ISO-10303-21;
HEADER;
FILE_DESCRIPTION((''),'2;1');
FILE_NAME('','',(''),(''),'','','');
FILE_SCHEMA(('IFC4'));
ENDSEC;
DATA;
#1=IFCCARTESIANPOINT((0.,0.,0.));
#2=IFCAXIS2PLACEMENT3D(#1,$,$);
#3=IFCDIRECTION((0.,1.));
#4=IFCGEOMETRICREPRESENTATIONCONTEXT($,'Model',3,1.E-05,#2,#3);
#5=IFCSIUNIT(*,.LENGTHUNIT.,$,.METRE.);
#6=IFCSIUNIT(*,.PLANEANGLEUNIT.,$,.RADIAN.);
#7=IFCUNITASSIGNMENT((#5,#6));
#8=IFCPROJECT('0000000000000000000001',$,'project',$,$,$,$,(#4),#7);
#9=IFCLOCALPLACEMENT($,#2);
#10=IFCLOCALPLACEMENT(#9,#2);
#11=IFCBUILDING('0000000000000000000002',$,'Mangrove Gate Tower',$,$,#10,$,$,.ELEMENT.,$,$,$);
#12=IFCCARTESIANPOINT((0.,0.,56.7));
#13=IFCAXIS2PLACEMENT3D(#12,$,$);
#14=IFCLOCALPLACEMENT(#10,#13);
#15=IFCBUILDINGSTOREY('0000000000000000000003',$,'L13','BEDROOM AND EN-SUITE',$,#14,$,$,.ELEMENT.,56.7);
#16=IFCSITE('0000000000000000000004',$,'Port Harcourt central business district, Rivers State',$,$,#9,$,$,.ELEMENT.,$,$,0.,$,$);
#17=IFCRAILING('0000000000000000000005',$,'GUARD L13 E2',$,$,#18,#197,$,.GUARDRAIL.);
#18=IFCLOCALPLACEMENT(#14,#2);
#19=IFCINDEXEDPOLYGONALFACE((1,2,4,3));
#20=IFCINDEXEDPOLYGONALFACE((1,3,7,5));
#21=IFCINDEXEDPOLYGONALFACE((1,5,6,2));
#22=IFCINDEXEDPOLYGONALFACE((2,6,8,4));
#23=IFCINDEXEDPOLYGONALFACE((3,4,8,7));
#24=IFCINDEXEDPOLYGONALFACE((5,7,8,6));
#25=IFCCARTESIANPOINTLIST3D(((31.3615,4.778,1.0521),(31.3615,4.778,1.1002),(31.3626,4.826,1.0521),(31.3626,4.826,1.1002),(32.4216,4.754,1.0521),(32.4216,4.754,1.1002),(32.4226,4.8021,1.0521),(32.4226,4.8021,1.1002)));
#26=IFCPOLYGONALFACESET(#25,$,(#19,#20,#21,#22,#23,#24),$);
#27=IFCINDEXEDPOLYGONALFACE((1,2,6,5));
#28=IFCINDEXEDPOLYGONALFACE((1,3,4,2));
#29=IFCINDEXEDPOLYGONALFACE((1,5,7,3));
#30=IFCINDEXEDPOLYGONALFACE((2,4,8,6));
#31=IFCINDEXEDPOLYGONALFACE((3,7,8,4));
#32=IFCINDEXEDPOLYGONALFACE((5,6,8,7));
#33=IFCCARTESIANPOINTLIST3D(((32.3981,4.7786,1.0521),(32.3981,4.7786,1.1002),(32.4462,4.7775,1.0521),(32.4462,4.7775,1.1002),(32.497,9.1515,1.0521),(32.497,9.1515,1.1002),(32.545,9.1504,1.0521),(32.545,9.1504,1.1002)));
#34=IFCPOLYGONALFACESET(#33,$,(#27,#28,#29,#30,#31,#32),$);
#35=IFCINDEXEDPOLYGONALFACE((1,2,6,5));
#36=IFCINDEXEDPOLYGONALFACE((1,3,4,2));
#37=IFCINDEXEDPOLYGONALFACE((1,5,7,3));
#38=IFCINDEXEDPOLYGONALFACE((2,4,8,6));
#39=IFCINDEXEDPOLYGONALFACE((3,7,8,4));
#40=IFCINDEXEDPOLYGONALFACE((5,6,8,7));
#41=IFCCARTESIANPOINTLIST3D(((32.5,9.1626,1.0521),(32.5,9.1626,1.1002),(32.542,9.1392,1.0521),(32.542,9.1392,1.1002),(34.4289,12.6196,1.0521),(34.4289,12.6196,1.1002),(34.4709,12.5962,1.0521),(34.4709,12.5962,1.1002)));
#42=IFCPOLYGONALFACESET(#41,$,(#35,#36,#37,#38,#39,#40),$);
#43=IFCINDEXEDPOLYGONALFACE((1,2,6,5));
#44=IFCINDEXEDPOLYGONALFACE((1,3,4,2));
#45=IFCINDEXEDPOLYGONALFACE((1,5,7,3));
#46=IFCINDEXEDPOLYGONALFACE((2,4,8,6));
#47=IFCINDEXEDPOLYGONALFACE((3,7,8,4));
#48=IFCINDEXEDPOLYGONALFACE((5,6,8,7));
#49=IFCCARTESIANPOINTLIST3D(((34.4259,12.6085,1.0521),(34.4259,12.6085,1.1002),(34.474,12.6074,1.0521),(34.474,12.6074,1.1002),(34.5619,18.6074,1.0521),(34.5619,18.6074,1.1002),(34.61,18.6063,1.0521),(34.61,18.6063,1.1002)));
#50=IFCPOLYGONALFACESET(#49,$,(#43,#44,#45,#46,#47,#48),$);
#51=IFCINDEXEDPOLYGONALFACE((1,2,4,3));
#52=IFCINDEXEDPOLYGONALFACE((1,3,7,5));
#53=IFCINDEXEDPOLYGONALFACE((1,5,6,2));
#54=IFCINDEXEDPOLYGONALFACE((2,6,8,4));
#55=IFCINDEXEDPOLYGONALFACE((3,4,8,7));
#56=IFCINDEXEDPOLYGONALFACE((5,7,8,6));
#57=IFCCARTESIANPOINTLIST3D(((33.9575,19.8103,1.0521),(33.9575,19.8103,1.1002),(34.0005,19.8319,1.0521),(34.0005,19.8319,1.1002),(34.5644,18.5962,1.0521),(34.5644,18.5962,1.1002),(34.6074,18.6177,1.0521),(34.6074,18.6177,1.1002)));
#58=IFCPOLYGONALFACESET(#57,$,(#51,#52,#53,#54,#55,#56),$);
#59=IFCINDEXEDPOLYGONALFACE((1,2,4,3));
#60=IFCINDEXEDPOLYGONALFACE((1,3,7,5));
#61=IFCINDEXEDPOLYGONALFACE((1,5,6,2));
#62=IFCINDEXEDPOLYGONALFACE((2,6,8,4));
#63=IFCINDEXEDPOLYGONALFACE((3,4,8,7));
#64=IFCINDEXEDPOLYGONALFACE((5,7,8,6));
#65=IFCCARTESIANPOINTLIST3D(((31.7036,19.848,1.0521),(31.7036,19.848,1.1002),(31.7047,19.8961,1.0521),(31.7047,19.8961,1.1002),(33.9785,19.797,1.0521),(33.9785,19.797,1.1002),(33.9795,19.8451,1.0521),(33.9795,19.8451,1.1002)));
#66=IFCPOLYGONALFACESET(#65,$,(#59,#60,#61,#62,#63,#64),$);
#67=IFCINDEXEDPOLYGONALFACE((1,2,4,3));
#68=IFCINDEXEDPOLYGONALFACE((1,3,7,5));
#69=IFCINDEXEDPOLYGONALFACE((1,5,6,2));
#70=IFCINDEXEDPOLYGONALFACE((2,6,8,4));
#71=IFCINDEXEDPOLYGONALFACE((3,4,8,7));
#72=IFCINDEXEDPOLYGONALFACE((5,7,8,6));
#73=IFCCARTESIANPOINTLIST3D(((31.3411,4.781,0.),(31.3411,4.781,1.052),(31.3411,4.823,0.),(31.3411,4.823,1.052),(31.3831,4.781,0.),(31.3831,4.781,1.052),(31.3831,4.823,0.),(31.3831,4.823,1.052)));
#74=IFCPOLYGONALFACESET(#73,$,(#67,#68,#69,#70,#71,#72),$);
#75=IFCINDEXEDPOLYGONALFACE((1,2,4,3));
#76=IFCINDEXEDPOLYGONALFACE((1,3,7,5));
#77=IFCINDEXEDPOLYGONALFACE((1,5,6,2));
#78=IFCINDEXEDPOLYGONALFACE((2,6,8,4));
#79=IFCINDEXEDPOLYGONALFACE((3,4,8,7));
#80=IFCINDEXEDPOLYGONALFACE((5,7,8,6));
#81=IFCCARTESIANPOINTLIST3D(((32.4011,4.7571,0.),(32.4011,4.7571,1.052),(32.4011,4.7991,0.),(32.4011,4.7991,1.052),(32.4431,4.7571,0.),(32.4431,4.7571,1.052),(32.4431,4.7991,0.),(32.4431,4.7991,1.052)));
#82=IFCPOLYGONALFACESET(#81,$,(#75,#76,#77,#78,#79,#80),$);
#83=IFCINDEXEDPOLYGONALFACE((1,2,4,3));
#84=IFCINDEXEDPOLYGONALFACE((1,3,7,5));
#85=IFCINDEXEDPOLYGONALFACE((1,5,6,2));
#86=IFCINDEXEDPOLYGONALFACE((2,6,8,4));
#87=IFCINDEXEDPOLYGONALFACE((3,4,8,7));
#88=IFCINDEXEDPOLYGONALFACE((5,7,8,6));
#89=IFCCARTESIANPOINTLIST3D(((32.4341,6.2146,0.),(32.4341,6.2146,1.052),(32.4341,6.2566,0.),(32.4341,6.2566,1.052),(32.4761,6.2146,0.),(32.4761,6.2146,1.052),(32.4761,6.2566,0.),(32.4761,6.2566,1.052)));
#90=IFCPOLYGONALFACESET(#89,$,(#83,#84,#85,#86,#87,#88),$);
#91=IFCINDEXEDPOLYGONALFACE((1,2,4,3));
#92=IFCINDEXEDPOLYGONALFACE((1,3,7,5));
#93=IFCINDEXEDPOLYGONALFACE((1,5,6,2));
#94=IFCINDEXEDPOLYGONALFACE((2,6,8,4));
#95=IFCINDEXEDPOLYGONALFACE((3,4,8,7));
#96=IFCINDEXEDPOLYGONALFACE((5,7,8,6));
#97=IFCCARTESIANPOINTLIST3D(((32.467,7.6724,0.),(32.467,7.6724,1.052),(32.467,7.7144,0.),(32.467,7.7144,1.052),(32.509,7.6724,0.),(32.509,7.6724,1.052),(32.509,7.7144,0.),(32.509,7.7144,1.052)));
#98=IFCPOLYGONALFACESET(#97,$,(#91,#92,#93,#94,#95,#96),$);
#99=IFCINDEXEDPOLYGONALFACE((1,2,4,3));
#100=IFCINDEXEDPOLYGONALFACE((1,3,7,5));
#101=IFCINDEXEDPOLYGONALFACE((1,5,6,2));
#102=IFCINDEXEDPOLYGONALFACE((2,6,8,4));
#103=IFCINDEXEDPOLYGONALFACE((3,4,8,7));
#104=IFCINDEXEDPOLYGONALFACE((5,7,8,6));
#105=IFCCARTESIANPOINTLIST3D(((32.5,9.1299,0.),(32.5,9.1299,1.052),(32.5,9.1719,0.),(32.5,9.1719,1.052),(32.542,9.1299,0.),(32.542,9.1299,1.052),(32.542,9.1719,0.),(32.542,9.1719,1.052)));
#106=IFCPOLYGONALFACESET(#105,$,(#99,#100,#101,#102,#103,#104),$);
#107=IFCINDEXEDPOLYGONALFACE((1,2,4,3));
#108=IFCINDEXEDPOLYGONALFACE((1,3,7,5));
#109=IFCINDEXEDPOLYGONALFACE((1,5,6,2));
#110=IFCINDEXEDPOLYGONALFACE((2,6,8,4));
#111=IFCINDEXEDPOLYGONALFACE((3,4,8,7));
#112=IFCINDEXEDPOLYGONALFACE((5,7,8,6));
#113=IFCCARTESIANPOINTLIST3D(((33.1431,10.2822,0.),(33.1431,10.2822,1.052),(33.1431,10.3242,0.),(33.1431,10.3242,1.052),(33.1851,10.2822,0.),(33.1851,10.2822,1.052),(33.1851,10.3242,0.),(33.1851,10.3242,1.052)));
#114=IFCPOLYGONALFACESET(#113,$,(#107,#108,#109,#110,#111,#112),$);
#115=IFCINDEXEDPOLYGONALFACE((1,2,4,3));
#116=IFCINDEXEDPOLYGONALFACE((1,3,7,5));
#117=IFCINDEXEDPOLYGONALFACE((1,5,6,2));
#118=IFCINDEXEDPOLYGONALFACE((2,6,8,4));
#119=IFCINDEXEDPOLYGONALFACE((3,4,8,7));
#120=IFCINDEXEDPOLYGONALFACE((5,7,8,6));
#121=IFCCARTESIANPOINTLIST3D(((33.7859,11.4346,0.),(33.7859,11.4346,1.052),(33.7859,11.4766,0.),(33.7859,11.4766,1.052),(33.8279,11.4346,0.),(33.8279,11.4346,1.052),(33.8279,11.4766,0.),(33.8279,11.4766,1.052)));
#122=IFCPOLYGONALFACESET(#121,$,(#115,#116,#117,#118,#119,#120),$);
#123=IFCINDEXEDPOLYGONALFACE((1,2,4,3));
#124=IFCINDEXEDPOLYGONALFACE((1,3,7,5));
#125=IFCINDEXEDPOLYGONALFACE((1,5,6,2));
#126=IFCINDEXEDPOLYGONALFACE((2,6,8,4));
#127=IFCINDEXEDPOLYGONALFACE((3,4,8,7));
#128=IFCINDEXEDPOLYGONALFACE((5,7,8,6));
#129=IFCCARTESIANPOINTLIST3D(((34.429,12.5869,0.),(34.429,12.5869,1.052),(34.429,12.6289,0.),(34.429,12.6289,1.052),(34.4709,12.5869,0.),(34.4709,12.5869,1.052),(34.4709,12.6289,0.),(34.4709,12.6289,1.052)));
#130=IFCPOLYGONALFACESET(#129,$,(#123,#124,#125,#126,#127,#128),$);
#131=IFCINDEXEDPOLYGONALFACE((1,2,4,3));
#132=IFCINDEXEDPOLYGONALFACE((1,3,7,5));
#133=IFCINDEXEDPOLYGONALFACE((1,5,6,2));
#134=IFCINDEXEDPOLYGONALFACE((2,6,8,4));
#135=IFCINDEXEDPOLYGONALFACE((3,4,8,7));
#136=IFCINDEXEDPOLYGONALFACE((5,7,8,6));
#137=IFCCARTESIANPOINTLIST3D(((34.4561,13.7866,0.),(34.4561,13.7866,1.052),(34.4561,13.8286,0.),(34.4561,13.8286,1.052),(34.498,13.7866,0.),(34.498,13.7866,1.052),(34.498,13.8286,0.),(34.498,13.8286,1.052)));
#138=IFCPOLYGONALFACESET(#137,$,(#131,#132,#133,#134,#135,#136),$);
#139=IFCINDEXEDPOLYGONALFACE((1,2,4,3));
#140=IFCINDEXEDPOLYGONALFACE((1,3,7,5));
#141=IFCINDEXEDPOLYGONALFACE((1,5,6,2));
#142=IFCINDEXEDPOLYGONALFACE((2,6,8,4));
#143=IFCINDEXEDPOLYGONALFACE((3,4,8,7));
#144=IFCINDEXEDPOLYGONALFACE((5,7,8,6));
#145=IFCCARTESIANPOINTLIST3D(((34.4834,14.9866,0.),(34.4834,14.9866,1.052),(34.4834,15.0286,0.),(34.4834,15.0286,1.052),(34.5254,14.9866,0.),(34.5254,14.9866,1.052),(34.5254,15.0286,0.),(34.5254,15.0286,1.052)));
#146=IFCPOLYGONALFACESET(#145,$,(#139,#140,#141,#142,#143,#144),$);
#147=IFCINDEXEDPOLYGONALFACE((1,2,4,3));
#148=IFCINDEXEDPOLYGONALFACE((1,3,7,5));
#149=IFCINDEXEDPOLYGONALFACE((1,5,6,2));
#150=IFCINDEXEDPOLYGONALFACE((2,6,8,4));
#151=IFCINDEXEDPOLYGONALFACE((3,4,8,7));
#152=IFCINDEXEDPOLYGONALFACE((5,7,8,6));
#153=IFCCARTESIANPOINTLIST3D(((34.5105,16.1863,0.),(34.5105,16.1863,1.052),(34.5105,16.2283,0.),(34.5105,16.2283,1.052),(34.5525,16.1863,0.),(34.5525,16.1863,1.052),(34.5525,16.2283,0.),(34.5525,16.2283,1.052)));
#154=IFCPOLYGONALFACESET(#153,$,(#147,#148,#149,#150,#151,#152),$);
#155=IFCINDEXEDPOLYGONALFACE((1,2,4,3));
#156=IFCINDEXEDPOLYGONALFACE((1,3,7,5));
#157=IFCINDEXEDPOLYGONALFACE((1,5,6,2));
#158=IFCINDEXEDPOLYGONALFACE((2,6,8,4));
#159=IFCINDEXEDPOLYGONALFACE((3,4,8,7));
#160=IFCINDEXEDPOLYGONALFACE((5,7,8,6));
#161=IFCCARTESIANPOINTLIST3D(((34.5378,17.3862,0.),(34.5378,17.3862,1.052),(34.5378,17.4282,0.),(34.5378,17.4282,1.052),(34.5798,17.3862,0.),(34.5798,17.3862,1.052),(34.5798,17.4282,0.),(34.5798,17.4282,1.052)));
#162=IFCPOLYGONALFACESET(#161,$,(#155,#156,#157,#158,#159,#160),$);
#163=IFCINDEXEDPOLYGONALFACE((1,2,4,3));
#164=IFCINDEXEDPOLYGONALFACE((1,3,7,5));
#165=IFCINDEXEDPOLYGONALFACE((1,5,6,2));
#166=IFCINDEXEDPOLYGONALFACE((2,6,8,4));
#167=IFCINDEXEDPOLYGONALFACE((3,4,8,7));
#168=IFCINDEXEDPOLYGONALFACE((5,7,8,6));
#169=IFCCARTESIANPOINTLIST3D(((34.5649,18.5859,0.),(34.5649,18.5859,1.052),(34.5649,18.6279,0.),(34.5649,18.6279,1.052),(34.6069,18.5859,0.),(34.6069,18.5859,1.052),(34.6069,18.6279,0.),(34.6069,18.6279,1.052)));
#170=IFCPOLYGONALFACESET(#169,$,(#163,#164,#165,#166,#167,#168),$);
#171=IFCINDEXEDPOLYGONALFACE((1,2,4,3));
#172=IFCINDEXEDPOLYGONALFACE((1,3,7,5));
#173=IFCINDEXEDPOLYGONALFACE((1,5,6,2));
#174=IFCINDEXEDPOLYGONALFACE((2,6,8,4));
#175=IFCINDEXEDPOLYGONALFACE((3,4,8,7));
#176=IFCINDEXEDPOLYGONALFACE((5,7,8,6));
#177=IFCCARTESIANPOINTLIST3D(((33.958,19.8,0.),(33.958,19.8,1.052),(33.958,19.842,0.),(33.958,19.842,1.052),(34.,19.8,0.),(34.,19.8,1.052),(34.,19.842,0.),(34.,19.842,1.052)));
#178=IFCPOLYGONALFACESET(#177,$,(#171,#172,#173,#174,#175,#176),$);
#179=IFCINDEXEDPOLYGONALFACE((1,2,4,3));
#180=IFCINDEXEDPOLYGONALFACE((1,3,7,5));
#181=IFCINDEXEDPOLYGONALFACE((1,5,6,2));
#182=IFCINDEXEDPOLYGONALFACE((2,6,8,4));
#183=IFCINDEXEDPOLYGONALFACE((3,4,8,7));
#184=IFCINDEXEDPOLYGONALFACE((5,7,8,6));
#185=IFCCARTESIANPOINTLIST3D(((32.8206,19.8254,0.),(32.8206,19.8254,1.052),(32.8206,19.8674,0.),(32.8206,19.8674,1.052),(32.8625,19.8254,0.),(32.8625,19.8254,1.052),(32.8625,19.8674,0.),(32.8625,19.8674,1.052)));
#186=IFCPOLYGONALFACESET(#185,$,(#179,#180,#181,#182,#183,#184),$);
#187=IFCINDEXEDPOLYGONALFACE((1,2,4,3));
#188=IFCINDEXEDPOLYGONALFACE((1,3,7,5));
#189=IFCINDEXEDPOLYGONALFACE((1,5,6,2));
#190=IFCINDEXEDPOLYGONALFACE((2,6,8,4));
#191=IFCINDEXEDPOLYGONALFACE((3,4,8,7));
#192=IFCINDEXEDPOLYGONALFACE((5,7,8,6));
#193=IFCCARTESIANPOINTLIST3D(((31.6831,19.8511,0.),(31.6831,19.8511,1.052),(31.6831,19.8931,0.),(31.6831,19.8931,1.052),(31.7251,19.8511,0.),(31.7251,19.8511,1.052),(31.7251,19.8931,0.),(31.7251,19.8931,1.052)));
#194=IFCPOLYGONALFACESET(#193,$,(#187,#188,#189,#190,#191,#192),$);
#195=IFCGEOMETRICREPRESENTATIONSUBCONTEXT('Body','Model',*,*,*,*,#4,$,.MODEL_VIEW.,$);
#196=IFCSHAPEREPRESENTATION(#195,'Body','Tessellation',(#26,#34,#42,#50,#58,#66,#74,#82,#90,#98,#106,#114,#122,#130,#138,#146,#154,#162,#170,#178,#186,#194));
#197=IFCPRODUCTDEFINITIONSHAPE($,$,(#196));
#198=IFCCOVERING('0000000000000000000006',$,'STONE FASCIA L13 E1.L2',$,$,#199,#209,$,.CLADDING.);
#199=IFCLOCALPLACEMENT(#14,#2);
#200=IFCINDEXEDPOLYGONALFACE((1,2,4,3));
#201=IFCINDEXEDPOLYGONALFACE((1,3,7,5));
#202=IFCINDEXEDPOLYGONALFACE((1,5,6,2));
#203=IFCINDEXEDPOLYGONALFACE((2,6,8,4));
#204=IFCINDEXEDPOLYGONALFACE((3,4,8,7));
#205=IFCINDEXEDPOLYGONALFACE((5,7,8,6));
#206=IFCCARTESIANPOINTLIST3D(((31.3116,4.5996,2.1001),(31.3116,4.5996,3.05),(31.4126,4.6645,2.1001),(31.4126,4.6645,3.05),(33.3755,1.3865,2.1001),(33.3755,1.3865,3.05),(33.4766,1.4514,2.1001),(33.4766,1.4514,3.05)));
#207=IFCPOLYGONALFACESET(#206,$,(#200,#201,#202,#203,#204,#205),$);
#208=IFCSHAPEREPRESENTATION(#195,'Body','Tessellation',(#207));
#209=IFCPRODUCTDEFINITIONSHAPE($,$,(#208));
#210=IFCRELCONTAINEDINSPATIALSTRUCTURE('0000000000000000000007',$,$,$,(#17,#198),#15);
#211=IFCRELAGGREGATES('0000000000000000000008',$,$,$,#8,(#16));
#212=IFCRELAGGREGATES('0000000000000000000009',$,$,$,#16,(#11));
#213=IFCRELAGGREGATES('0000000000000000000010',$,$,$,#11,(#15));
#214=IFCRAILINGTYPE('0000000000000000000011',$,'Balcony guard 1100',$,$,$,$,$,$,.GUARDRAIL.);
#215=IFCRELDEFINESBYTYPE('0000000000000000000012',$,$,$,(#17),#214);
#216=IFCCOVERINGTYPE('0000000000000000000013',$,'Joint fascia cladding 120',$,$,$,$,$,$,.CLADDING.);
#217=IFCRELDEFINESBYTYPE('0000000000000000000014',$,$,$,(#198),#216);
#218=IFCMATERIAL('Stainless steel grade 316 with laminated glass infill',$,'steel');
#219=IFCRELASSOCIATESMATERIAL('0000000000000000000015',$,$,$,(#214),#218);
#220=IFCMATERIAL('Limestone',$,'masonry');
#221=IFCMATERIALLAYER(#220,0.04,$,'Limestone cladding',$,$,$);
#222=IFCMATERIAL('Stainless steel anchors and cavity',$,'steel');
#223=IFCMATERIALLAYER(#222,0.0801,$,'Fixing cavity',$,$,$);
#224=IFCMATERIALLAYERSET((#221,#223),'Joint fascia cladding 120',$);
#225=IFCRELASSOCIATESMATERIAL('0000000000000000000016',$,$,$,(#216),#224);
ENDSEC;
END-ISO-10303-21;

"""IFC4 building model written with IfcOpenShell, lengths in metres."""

from ifc_helpers import new_model, si_unit, direction, frame, frame_2d, origin, origin_2d, place, context, subcontext, project, spatial, rectangle, extrude, material, layer, layer_set, type_object, element, save


model = new_model("IFC4")

# Units and contexts
model_context = context("Model", 3, precision=1e-05, world=origin(), true_north=direction((0.0, 1.0)))
body_context = subcontext(model_context, "Body", "Model", "MODEL_VIEW")
ifc_project = project(units=[si_unit("LENGTHUNIT", "METRE"), si_unit("PLANEANGLEUNIT", "RADIAN")], contexts=[model_context])

# Site, building, storey
site_placement = place(None, origin())
site = spatial("IfcSite", under=ifc_project, at=site_placement, Name="Port Harcourt central business district, Rivers State", CompositionType="ELEMENT", RefElevation=0.0)
building_placement = place(site_placement, origin())
building = spatial("IfcBuilding", under=site, at=building_placement, Name="Mangrove Gate Tower", CompositionType="ELEMENT")
storey_placement = place(building_placement, frame((0.0, 0.0, 56.7)))
storey = spatial("IfcBuildingStorey", under=building, at=storey_placement, Name="L13", Description="BEDROOM AND EN-SUITE", CompositionType="ELEMENT", Elevation=56.7)

# Shared definitions
ifc_material_1 = material(Name="Limestone", Category="masonry")

# Railing
ifc_material_2 = material(Name="Stainless steel grade 316 with laminated glass infill", Category="steel")
railing_type = type_object("IfcRailingType", Name="Balcony guard 1100", PredefinedType="GUARDRAIL", material=ifc_material_2)
railing_placement = place(storey_placement, frame((31.3621, 4.802, 0.0)))
element("IfcRailing", 1, at=railing_placement, inside=storey, type_object=railing_type, Name="GUARD L13 E2", PredefinedType="GUARDRAIL", context=body_context, shape_type="SweptSolid", body=[
    extrude(rectangle(XDim=0.0481, YDim=0.0481, at=origin_2d()), frame((0.0, 0.0, 1.0762), z_axis=(0.999745, -0.022564, 0.0), x_axis=(0.022564, 0.999745, 0.0)), (0.0, 0.0, 1.0), 1.0603),
    extrude(rectangle(XDim=0.0481, YDim=0.0481, at=origin_2d()), frame((1.0601, -0.0239, 1.0762), z_axis=(0.022606, 0.999744, 0.0), x_axis=(-0.999744, 0.022606, 0.0)), (0.0, 0.0, 1.0), 4.374),
    extrude(rectangle(XDim=0.0481, YDim=0.0481, at=origin_2d()), frame((1.1589, 4.3489, 1.0762), z_axis=(0.48726, 0.873257, 0.0), x_axis=(-0.873257, 0.48726, 0.0)), (0.0, 0.0, 1.0), 3.9587),
    extrude(rectangle(XDim=0.0481, YDim=0.0481, at=origin_2d()), frame((3.0879, 7.8059, 1.0762), z_axis=(0.022662, 0.999743, 0.0), x_axis=(-0.999743, 0.022662, 0.0)), (0.0, 0.0, 1.0), 6.0005),
    extrude(rectangle(XDim=0.0481, YDim=0.0481, at=origin_2d()), frame((3.2239, 13.8049, 1.0762), z_axis=(-0.447142, 0.894463, 0.0), x_axis=(-0.894463, -0.447142, 0.0)), (0.0, 0.0, 1.0), 1.3574),
    extrude(rectangle(XDim=0.0481, YDim=0.0481, at=origin_2d()), frame((2.6169, 15.019, 1.0762), z_axis=(-0.999749, 0.022424, 0.0), x_axis=(-0.022424, -0.999749, 0.0)), (0.0, 0.0, 1.0), 2.2754),
    extrude(rectangle(XDim=0.042, YDim=0.042, at=origin_2d()), origin(), (0.0, 0.0, 1.0), 1.052),
    extrude(rectangle(XDim=0.042, YDim=0.042, at=origin_2d()), frame((1.0601, -0.0239, 0.0)), (0.0, 0.0, 1.0), 1.052),
    extrude(rectangle(XDim=0.042, YDim=0.042, at=origin_2d()), frame((1.093, 1.4336, 0.0)), (0.0, 0.0, 1.0), 1.052),
    extrude(rectangle(XDim=0.042, YDim=0.042, at=origin_2d()), frame((1.126, 2.8914, 0.0)), (0.0, 0.0, 1.0), 1.052),
    extrude(rectangle(XDim=0.042, YDim=0.042, at=origin_2d()), frame((1.1589, 4.3489, 0.0)), (0.0, 0.0, 1.0), 1.052),
    extrude(rectangle(XDim=0.042, YDim=0.042, at=origin_2d()), frame((1.802, 5.5012, 0.0)), (0.0, 0.0, 1.0), 1.052),
    extrude(rectangle(XDim=0.042, YDim=0.042, at=origin_2d()), frame((2.4448, 6.6536, 0.0)), (0.0, 0.0, 1.0), 1.052),
    extrude(rectangle(XDim=0.042, YDim=0.042, at=origin_2d()), frame((3.0879, 7.8059, 0.0)), (0.0, 0.0, 1.0), 1.052),
    extrude(rectangle(XDim=0.042, YDim=0.042, at=origin_2d()), frame((3.115, 9.0056, 0.0)), (0.0, 0.0, 1.0), 1.052),
    extrude(rectangle(XDim=0.042, YDim=0.042, at=origin_2d()), frame((3.1423, 10.2056, 0.0)), (0.0, 0.0, 1.0), 1.052),
    extrude(rectangle(XDim=0.042, YDim=0.042, at=origin_2d()), frame((3.1694, 11.4053, 0.0)), (0.0, 0.0, 1.0), 1.052),
    extrude(rectangle(XDim=0.042, YDim=0.042, at=origin_2d()), frame((3.1968, 12.6052, 0.0)), (0.0, 0.0, 1.0), 1.052),
    extrude(rectangle(XDim=0.042, YDim=0.042, at=origin_2d()), frame((3.2239, 13.8049, 0.0)), (0.0, 0.0, 1.0), 1.052),
    extrude(rectangle(XDim=0.042, YDim=0.042, at=origin_2d()), frame((2.6169, 15.019, 0.0)), (0.0, 0.0, 1.0), 1.052),
    extrude(rectangle(XDim=0.042, YDim=0.042, at=origin_2d()), frame((1.4795, 15.0444, 0.0)), (0.0, 0.0, 1.0), 1.052),
    extrude(rectangle(XDim=0.042, YDim=0.042, at=origin_2d()), frame((0.342, 15.0701, 0.0)), (0.0, 0.0, 1.0), 1.052),
])

# Covering
ifc_layer_1 = layer(ifc_material_1, 0.04, Name="Limestone cladding")
ifc_material_3 = material(Name="Stainless steel anchors and cavity", Category="steel")
ifc_layer_2 = layer(ifc_material_3, 0.0801, Name="Fixing cavity")
ifc_layer_set_1 = layer_set([ifc_layer_1, ifc_layer_2], Name="Joint fascia cladding 120")
covering_type = type_object("IfcCoveringType", Name="Joint fascia cladding 120", PredefinedType="CLADDING", material=ifc_layer_set_1)
covering_placement = place(storey_placement, frame((33.426, 1.4189, 2.1001), z_axis=(0.0, 0.0, 1.0), x_axis=(-0.540457, 0.841372, 0.0)))
element("IfcCovering", 2, at=covering_placement, inside=storey, type_object=covering_type, Name="STONE FASCIA L13 E1.L2", PredefinedType="CLADDING", context=body_context, shape_type="SweptSolid", body=[
    extrude(rectangle(XDim=3.8188, YDim=0.1201, at=frame_2d((1.9094, 0.0))), origin(), (0.0, 0.0, 1.0), 0.95),
])

save(model, "model.ifc")
